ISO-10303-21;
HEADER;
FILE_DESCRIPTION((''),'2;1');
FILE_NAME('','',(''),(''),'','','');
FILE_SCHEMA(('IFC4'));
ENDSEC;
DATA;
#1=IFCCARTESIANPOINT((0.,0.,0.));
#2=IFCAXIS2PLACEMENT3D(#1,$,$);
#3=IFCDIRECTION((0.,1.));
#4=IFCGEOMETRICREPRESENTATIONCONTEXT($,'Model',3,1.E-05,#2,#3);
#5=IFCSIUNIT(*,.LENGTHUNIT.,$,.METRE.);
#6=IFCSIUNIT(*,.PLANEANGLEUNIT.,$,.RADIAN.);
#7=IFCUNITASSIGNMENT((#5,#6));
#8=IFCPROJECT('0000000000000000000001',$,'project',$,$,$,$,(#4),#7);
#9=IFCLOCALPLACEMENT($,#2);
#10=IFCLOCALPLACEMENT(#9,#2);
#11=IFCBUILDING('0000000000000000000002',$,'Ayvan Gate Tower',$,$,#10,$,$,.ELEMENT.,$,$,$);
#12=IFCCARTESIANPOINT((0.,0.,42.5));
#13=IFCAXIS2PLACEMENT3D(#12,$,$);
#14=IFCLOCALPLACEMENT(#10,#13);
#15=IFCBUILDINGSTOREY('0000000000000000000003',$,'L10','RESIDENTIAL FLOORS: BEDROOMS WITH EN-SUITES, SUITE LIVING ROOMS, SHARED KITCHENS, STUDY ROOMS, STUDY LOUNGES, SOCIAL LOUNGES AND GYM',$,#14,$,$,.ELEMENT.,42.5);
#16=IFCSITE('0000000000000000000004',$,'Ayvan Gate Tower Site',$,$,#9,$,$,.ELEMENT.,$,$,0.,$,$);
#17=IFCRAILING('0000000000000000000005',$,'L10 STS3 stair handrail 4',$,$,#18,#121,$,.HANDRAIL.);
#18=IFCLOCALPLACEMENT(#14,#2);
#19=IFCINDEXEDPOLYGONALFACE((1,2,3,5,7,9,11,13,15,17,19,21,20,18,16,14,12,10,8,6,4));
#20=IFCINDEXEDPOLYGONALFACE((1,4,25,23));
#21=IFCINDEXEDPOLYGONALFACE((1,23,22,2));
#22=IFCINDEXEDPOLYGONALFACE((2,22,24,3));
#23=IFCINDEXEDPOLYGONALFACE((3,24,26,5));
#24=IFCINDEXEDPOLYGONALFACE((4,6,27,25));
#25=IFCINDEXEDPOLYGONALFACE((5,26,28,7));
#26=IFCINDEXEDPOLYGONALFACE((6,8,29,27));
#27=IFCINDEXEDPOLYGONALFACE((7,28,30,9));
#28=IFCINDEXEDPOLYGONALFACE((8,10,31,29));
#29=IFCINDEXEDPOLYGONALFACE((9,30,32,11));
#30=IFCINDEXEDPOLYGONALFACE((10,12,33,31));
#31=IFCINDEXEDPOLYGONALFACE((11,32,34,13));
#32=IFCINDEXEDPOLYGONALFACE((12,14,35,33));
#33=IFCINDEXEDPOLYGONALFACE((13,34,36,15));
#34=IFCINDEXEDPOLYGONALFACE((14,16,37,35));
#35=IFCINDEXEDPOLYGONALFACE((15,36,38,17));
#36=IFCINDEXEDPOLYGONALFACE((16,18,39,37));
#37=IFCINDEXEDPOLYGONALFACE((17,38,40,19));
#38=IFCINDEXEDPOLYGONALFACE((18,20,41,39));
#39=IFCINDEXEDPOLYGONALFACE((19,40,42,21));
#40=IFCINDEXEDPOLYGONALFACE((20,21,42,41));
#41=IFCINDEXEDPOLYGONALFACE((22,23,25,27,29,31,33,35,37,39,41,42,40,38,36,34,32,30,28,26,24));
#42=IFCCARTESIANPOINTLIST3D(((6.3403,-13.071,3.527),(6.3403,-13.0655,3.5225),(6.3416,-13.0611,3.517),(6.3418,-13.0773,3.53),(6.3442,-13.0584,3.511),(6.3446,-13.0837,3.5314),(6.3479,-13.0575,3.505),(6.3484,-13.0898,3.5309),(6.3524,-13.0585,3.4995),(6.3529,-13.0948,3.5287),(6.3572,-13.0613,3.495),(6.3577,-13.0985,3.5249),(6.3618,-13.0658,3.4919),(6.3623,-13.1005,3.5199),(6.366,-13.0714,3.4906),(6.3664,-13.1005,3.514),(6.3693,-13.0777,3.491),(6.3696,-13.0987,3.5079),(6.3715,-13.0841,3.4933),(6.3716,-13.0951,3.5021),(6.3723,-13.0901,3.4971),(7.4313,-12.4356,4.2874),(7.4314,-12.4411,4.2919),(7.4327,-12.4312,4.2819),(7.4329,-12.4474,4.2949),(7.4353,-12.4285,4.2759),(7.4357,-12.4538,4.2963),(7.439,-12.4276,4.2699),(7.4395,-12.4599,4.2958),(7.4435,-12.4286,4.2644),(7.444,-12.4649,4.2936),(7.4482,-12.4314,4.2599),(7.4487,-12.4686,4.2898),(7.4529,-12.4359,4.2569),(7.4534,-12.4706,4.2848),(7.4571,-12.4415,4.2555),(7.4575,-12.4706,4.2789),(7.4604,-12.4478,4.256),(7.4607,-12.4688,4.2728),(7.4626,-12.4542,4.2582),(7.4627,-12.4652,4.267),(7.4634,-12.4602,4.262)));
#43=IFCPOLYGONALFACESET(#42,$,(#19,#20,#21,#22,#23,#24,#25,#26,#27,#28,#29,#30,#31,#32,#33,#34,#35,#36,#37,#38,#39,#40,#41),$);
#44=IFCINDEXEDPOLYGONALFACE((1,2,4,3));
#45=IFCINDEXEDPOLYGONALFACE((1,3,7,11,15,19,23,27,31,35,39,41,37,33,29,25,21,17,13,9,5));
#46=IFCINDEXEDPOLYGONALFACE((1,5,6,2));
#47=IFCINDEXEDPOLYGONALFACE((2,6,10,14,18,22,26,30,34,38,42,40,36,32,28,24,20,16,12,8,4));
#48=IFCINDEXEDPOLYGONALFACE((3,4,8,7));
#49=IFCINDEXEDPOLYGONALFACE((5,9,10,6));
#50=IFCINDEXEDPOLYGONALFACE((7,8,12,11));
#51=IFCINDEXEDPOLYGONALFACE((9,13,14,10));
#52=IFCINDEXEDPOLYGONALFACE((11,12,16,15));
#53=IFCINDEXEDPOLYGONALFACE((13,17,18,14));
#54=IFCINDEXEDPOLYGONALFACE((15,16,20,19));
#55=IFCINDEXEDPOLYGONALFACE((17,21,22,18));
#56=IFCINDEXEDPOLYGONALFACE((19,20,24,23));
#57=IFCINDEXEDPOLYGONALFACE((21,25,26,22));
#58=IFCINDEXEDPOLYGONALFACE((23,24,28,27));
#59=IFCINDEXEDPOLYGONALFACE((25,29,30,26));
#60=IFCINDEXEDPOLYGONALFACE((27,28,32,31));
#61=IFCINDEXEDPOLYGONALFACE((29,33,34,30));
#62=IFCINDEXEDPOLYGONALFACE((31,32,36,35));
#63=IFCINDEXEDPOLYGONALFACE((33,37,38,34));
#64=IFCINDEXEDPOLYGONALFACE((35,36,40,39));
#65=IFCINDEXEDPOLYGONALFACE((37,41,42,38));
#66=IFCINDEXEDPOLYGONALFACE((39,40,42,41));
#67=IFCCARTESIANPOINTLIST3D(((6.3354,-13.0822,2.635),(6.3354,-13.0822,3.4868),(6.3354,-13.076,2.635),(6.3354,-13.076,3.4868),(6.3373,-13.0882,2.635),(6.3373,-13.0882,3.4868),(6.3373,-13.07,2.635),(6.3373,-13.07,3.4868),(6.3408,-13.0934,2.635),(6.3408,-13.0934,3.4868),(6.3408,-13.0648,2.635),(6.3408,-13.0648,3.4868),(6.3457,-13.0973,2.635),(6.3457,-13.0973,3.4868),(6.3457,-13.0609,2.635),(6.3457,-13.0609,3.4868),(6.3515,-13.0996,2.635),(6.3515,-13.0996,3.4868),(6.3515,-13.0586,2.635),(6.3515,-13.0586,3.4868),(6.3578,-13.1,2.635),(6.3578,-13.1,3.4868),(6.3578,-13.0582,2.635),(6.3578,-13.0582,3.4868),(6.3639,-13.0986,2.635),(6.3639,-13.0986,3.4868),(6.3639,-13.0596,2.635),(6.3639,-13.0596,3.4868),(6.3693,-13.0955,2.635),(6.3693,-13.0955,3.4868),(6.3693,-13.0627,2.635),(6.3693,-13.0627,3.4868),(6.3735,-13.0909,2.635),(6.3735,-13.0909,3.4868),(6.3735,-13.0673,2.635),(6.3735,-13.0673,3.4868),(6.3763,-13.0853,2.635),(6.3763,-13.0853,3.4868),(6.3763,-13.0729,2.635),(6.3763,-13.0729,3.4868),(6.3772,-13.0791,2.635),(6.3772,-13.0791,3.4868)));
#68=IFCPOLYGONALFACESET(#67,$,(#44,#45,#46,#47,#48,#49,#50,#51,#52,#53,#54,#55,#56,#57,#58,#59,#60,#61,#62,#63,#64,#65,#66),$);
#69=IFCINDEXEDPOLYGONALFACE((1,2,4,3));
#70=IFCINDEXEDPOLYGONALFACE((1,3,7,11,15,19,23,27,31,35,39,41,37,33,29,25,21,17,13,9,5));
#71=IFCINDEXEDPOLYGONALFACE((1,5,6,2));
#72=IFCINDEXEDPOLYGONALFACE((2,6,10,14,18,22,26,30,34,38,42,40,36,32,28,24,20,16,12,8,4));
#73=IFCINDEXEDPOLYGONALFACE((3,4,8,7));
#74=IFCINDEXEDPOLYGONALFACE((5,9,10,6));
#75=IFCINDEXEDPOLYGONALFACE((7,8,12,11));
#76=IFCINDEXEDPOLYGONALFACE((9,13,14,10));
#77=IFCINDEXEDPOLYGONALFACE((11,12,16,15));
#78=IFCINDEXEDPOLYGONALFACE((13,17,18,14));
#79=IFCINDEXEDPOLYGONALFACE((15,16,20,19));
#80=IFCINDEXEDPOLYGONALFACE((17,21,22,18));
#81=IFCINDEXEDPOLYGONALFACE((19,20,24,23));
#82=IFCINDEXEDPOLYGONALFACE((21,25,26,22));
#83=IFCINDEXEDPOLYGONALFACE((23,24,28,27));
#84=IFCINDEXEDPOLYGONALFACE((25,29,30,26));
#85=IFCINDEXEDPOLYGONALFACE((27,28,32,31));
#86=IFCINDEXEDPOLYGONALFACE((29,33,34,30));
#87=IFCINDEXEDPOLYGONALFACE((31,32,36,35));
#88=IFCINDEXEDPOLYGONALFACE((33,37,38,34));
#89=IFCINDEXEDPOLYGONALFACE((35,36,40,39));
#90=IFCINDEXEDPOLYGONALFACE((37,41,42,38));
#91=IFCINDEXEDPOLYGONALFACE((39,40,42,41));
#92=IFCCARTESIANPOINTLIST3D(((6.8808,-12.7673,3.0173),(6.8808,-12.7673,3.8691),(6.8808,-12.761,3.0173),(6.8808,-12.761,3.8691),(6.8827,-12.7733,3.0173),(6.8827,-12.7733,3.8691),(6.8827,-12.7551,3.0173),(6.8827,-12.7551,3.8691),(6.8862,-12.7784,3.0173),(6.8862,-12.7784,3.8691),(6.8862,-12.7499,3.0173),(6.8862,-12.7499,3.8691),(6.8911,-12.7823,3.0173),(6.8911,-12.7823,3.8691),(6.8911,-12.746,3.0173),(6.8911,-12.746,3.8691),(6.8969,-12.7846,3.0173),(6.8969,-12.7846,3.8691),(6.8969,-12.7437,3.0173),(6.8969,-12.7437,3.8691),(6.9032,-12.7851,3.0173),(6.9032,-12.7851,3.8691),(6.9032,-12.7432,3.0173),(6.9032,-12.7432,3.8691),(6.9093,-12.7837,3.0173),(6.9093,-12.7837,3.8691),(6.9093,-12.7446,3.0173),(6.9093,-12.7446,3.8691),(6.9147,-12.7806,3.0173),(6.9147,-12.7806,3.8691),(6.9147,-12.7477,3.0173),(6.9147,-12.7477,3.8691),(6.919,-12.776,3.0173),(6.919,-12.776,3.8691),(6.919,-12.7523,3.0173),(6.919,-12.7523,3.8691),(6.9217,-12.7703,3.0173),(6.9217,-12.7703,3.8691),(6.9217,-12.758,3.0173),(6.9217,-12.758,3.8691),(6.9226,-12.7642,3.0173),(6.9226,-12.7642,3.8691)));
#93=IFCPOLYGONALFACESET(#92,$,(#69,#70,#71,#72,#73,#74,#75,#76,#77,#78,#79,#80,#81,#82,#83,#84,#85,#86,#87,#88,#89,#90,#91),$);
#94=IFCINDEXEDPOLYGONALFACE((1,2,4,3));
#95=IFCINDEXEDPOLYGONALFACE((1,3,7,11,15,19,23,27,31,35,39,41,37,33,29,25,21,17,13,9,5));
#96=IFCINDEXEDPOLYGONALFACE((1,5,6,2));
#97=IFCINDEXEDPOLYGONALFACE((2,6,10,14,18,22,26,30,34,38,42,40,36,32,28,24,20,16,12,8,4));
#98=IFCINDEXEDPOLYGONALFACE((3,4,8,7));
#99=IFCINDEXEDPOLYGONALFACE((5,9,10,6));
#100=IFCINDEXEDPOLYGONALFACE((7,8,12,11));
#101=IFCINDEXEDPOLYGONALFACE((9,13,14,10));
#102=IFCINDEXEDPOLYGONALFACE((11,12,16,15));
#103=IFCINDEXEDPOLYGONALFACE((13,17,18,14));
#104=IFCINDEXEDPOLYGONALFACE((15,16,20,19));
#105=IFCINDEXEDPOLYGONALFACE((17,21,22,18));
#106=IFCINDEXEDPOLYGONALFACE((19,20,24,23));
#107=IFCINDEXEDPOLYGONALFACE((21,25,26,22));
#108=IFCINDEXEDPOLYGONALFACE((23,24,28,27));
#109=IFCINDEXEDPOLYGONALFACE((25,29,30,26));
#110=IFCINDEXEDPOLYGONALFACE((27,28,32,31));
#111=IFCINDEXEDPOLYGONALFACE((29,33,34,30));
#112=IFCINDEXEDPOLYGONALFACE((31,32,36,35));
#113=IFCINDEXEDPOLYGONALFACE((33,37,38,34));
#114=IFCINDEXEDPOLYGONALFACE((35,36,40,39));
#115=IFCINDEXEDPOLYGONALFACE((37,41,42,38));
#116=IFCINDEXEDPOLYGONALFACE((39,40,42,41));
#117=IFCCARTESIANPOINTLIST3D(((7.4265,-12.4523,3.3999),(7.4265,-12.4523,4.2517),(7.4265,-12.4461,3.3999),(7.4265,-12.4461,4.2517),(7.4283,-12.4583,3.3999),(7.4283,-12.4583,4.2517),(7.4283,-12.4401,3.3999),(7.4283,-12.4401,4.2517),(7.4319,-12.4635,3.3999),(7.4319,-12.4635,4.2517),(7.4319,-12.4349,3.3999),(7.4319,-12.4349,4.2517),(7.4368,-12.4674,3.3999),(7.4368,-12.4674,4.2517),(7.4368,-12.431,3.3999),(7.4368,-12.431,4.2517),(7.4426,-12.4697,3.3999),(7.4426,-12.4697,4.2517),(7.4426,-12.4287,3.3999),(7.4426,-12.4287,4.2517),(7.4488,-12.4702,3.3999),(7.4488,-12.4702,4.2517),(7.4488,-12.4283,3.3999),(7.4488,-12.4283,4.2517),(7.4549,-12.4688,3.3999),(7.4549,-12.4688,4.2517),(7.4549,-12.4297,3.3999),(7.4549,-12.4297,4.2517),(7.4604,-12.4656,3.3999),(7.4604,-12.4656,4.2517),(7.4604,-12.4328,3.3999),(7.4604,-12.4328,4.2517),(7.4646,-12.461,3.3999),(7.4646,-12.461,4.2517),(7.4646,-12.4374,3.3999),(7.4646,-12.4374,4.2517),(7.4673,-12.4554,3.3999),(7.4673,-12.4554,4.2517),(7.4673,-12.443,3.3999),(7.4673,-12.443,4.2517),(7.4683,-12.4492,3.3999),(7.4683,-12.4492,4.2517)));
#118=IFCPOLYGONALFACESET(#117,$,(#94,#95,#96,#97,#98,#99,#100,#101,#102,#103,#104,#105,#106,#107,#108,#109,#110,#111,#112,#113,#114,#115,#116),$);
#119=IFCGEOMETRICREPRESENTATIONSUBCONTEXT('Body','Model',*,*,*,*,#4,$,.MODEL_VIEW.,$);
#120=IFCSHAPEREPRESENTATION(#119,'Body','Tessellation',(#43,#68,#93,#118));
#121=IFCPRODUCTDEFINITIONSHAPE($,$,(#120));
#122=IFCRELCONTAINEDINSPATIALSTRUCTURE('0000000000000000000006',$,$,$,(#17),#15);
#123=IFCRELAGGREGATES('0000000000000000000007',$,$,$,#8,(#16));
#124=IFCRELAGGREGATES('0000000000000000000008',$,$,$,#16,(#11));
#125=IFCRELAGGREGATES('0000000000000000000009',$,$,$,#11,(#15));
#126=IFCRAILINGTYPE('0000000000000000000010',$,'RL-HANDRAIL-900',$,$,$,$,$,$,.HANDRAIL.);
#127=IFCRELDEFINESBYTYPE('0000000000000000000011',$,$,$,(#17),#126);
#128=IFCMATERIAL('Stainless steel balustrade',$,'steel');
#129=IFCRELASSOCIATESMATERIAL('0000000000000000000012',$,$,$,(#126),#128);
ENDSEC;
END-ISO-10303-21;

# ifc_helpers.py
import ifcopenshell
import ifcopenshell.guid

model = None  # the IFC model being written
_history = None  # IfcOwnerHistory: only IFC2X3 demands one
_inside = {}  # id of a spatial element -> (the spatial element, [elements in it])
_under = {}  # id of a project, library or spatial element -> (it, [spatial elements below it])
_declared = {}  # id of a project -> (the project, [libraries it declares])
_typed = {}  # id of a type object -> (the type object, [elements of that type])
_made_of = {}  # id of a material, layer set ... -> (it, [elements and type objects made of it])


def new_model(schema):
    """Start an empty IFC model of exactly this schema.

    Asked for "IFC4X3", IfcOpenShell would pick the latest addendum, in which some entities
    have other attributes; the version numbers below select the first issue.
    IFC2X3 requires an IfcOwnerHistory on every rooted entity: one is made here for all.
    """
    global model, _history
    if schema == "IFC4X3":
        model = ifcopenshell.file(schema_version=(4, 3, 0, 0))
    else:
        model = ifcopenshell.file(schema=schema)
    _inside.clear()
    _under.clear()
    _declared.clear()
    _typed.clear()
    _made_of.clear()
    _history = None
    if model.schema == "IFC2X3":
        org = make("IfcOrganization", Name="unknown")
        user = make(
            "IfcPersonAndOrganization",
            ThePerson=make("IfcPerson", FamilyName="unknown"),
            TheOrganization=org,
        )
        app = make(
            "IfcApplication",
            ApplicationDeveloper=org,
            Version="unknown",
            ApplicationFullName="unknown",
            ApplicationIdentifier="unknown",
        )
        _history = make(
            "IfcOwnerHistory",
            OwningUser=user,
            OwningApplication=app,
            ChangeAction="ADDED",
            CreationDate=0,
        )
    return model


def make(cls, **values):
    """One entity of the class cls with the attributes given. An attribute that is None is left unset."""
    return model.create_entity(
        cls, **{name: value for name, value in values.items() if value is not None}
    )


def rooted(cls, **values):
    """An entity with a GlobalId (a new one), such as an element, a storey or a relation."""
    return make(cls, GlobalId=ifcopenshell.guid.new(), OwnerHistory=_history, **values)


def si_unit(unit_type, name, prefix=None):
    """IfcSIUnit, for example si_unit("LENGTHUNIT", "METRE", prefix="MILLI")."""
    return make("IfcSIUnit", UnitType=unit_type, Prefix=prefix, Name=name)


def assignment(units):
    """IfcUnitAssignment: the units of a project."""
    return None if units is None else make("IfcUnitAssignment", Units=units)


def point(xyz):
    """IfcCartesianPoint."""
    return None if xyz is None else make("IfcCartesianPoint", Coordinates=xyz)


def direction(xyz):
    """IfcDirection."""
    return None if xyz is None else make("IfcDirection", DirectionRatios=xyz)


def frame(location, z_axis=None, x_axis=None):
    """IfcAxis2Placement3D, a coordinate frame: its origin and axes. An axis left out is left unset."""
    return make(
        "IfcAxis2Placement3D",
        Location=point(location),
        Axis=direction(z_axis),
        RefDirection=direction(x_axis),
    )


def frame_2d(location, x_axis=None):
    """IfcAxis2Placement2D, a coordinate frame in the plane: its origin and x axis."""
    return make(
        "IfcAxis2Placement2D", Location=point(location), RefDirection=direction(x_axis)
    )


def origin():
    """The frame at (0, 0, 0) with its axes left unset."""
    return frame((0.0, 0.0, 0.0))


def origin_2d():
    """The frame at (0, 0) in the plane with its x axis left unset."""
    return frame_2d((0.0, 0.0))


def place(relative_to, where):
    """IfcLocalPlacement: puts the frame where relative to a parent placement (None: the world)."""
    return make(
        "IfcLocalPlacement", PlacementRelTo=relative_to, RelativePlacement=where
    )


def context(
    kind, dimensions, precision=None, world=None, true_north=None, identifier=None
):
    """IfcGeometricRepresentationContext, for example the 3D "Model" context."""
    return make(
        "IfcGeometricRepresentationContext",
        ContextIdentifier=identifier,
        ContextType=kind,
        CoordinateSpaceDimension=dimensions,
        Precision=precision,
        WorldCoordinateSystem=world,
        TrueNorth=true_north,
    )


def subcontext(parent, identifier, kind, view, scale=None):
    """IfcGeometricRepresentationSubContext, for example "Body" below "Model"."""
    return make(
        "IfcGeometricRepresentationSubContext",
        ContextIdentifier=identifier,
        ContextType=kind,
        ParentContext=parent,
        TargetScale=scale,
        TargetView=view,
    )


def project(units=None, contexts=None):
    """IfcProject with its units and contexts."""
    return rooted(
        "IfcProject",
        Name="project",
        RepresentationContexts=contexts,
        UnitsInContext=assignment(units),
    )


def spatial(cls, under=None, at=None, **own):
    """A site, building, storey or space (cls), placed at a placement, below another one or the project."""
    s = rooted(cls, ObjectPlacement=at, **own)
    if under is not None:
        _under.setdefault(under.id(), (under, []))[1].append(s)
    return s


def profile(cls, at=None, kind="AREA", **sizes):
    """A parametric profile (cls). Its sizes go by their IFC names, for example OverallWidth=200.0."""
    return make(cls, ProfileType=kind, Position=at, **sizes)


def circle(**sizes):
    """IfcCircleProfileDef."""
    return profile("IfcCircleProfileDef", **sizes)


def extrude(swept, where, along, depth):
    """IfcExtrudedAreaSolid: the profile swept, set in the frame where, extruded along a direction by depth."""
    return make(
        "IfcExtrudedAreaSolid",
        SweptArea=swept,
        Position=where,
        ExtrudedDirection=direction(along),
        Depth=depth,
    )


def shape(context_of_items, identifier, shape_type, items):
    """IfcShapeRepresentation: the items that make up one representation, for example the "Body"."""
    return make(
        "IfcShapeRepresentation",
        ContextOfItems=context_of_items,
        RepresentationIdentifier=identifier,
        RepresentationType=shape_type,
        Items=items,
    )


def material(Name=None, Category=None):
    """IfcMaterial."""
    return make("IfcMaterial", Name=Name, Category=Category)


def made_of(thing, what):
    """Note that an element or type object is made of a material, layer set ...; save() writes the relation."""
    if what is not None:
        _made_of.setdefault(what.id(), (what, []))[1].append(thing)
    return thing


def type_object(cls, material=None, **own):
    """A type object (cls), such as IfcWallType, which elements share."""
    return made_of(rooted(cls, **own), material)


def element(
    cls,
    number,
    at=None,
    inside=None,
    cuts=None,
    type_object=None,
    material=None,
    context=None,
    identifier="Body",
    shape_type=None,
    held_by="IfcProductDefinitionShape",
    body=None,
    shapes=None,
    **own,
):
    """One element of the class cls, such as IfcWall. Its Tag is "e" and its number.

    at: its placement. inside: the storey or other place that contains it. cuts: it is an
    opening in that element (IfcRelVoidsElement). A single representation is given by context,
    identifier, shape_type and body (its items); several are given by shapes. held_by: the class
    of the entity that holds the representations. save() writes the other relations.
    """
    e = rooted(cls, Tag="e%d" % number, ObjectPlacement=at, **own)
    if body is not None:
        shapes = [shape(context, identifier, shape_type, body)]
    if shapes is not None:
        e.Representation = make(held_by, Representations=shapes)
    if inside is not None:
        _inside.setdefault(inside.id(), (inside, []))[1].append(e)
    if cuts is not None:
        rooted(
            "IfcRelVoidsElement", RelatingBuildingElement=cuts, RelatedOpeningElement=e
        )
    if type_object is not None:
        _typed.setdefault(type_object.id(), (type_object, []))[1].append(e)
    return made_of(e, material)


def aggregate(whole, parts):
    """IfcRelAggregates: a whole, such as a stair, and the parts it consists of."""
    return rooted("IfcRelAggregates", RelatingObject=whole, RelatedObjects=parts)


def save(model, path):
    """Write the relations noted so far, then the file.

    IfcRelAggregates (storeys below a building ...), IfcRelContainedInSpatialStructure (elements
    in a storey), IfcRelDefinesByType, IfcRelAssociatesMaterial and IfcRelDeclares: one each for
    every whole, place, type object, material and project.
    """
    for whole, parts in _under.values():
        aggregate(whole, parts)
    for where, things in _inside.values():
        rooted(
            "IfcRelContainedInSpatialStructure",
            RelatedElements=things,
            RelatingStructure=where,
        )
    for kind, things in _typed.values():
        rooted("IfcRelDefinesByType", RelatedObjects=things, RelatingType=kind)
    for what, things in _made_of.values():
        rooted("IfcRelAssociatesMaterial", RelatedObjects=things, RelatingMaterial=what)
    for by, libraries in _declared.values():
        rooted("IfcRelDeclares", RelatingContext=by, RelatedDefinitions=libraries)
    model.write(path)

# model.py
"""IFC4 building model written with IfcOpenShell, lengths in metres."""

from ifc_helpers import new_model, si_unit, direction, frame, origin, origin_2d, place, context, subcontext, project, spatial, circle, extrude, material, type_object, element, save


model = new_model("IFC4")

# Units and contexts
model_context = context("Model", 3, precision=1e-05, world=origin(), true_north=direction((0.0, 1.0)))
body_context = subcontext(model_context, "Body", "Model", "MODEL_VIEW")
ifc_project = project(units=[si_unit("LENGTHUNIT", "METRE"), si_unit("PLANEANGLEUNIT", "RADIAN")], contexts=[model_context])

# Site, building, storey
site_placement = place(None, origin())
site = spatial("IfcSite", under=ifc_project, at=site_placement, Name="Ayvan Gate Tower Site", CompositionType="ELEMENT", RefElevation=0.0)
building_placement = place(site_placement, origin())
building = spatial("IfcBuilding", under=site, at=building_placement, Name="Ayvan Gate Tower", CompositionType="ELEMENT")
storey_placement = place(building_placement, frame((0.0, 0.0, 42.5)))
storey = spatial("IfcBuildingStorey", under=building, at=storey_placement, Name="L10", Description="RESIDENTIAL FLOORS: BEDROOMS WITH EN-SUITES, SUITE LIVING ROOMS, SHARED KITCHENS, STUDY ROOMS, STUDY LOUNGES, SOCIAL LOUNGES AND GYM", CompositionType="ELEMENT", Elevation=42.5)

# Railing
ifc_material_1 = material(Name="Stainless steel balustrade", Category="steel")
railing_type_1 = type_object("IfcRailingType", Name="RL-HANDRAIL-900", PredefinedType="HANDRAIL", material=ifc_material_1)
railing_1_placement = place(storey_placement, frame((6.3562, -13.0791, 2.635)))
element("IfcRailing", 1, at=railing_1_placement, inside=storey, type_object=railing_type_1, Name="L10 STS3 stair handrail 4", PredefinedType="HANDRAIL", context=body_context, shape_type="SweptSolid", body=[
    extrude(circle(Radius=0.0239, at=origin_2d()), frame((0.0, 0.0, 0.876), z_axis=(0.740282, 0.427372, 0.518976), x_axis=(-0.499974, 0.86604, 0.0)), (0.0, 0.0, 1.0), 1.4739),
    extrude(circle(Radius=0.021, at=origin_2d()), origin(), (0.0, 0.0, 1.0), 0.8518),
    extrude(circle(Radius=0.021, at=origin_2d()), frame((0.5454, 0.3149, 0.3823)), (0.0, 0.0, 1.0), 0.8518),
    extrude(circle(Radius=0.021, at=origin_2d()), frame((1.0911, 0.6299, 0.7649)), (0.0, 0.0, 1.0), 0.8518),
])

save(model, "model.ifc")
